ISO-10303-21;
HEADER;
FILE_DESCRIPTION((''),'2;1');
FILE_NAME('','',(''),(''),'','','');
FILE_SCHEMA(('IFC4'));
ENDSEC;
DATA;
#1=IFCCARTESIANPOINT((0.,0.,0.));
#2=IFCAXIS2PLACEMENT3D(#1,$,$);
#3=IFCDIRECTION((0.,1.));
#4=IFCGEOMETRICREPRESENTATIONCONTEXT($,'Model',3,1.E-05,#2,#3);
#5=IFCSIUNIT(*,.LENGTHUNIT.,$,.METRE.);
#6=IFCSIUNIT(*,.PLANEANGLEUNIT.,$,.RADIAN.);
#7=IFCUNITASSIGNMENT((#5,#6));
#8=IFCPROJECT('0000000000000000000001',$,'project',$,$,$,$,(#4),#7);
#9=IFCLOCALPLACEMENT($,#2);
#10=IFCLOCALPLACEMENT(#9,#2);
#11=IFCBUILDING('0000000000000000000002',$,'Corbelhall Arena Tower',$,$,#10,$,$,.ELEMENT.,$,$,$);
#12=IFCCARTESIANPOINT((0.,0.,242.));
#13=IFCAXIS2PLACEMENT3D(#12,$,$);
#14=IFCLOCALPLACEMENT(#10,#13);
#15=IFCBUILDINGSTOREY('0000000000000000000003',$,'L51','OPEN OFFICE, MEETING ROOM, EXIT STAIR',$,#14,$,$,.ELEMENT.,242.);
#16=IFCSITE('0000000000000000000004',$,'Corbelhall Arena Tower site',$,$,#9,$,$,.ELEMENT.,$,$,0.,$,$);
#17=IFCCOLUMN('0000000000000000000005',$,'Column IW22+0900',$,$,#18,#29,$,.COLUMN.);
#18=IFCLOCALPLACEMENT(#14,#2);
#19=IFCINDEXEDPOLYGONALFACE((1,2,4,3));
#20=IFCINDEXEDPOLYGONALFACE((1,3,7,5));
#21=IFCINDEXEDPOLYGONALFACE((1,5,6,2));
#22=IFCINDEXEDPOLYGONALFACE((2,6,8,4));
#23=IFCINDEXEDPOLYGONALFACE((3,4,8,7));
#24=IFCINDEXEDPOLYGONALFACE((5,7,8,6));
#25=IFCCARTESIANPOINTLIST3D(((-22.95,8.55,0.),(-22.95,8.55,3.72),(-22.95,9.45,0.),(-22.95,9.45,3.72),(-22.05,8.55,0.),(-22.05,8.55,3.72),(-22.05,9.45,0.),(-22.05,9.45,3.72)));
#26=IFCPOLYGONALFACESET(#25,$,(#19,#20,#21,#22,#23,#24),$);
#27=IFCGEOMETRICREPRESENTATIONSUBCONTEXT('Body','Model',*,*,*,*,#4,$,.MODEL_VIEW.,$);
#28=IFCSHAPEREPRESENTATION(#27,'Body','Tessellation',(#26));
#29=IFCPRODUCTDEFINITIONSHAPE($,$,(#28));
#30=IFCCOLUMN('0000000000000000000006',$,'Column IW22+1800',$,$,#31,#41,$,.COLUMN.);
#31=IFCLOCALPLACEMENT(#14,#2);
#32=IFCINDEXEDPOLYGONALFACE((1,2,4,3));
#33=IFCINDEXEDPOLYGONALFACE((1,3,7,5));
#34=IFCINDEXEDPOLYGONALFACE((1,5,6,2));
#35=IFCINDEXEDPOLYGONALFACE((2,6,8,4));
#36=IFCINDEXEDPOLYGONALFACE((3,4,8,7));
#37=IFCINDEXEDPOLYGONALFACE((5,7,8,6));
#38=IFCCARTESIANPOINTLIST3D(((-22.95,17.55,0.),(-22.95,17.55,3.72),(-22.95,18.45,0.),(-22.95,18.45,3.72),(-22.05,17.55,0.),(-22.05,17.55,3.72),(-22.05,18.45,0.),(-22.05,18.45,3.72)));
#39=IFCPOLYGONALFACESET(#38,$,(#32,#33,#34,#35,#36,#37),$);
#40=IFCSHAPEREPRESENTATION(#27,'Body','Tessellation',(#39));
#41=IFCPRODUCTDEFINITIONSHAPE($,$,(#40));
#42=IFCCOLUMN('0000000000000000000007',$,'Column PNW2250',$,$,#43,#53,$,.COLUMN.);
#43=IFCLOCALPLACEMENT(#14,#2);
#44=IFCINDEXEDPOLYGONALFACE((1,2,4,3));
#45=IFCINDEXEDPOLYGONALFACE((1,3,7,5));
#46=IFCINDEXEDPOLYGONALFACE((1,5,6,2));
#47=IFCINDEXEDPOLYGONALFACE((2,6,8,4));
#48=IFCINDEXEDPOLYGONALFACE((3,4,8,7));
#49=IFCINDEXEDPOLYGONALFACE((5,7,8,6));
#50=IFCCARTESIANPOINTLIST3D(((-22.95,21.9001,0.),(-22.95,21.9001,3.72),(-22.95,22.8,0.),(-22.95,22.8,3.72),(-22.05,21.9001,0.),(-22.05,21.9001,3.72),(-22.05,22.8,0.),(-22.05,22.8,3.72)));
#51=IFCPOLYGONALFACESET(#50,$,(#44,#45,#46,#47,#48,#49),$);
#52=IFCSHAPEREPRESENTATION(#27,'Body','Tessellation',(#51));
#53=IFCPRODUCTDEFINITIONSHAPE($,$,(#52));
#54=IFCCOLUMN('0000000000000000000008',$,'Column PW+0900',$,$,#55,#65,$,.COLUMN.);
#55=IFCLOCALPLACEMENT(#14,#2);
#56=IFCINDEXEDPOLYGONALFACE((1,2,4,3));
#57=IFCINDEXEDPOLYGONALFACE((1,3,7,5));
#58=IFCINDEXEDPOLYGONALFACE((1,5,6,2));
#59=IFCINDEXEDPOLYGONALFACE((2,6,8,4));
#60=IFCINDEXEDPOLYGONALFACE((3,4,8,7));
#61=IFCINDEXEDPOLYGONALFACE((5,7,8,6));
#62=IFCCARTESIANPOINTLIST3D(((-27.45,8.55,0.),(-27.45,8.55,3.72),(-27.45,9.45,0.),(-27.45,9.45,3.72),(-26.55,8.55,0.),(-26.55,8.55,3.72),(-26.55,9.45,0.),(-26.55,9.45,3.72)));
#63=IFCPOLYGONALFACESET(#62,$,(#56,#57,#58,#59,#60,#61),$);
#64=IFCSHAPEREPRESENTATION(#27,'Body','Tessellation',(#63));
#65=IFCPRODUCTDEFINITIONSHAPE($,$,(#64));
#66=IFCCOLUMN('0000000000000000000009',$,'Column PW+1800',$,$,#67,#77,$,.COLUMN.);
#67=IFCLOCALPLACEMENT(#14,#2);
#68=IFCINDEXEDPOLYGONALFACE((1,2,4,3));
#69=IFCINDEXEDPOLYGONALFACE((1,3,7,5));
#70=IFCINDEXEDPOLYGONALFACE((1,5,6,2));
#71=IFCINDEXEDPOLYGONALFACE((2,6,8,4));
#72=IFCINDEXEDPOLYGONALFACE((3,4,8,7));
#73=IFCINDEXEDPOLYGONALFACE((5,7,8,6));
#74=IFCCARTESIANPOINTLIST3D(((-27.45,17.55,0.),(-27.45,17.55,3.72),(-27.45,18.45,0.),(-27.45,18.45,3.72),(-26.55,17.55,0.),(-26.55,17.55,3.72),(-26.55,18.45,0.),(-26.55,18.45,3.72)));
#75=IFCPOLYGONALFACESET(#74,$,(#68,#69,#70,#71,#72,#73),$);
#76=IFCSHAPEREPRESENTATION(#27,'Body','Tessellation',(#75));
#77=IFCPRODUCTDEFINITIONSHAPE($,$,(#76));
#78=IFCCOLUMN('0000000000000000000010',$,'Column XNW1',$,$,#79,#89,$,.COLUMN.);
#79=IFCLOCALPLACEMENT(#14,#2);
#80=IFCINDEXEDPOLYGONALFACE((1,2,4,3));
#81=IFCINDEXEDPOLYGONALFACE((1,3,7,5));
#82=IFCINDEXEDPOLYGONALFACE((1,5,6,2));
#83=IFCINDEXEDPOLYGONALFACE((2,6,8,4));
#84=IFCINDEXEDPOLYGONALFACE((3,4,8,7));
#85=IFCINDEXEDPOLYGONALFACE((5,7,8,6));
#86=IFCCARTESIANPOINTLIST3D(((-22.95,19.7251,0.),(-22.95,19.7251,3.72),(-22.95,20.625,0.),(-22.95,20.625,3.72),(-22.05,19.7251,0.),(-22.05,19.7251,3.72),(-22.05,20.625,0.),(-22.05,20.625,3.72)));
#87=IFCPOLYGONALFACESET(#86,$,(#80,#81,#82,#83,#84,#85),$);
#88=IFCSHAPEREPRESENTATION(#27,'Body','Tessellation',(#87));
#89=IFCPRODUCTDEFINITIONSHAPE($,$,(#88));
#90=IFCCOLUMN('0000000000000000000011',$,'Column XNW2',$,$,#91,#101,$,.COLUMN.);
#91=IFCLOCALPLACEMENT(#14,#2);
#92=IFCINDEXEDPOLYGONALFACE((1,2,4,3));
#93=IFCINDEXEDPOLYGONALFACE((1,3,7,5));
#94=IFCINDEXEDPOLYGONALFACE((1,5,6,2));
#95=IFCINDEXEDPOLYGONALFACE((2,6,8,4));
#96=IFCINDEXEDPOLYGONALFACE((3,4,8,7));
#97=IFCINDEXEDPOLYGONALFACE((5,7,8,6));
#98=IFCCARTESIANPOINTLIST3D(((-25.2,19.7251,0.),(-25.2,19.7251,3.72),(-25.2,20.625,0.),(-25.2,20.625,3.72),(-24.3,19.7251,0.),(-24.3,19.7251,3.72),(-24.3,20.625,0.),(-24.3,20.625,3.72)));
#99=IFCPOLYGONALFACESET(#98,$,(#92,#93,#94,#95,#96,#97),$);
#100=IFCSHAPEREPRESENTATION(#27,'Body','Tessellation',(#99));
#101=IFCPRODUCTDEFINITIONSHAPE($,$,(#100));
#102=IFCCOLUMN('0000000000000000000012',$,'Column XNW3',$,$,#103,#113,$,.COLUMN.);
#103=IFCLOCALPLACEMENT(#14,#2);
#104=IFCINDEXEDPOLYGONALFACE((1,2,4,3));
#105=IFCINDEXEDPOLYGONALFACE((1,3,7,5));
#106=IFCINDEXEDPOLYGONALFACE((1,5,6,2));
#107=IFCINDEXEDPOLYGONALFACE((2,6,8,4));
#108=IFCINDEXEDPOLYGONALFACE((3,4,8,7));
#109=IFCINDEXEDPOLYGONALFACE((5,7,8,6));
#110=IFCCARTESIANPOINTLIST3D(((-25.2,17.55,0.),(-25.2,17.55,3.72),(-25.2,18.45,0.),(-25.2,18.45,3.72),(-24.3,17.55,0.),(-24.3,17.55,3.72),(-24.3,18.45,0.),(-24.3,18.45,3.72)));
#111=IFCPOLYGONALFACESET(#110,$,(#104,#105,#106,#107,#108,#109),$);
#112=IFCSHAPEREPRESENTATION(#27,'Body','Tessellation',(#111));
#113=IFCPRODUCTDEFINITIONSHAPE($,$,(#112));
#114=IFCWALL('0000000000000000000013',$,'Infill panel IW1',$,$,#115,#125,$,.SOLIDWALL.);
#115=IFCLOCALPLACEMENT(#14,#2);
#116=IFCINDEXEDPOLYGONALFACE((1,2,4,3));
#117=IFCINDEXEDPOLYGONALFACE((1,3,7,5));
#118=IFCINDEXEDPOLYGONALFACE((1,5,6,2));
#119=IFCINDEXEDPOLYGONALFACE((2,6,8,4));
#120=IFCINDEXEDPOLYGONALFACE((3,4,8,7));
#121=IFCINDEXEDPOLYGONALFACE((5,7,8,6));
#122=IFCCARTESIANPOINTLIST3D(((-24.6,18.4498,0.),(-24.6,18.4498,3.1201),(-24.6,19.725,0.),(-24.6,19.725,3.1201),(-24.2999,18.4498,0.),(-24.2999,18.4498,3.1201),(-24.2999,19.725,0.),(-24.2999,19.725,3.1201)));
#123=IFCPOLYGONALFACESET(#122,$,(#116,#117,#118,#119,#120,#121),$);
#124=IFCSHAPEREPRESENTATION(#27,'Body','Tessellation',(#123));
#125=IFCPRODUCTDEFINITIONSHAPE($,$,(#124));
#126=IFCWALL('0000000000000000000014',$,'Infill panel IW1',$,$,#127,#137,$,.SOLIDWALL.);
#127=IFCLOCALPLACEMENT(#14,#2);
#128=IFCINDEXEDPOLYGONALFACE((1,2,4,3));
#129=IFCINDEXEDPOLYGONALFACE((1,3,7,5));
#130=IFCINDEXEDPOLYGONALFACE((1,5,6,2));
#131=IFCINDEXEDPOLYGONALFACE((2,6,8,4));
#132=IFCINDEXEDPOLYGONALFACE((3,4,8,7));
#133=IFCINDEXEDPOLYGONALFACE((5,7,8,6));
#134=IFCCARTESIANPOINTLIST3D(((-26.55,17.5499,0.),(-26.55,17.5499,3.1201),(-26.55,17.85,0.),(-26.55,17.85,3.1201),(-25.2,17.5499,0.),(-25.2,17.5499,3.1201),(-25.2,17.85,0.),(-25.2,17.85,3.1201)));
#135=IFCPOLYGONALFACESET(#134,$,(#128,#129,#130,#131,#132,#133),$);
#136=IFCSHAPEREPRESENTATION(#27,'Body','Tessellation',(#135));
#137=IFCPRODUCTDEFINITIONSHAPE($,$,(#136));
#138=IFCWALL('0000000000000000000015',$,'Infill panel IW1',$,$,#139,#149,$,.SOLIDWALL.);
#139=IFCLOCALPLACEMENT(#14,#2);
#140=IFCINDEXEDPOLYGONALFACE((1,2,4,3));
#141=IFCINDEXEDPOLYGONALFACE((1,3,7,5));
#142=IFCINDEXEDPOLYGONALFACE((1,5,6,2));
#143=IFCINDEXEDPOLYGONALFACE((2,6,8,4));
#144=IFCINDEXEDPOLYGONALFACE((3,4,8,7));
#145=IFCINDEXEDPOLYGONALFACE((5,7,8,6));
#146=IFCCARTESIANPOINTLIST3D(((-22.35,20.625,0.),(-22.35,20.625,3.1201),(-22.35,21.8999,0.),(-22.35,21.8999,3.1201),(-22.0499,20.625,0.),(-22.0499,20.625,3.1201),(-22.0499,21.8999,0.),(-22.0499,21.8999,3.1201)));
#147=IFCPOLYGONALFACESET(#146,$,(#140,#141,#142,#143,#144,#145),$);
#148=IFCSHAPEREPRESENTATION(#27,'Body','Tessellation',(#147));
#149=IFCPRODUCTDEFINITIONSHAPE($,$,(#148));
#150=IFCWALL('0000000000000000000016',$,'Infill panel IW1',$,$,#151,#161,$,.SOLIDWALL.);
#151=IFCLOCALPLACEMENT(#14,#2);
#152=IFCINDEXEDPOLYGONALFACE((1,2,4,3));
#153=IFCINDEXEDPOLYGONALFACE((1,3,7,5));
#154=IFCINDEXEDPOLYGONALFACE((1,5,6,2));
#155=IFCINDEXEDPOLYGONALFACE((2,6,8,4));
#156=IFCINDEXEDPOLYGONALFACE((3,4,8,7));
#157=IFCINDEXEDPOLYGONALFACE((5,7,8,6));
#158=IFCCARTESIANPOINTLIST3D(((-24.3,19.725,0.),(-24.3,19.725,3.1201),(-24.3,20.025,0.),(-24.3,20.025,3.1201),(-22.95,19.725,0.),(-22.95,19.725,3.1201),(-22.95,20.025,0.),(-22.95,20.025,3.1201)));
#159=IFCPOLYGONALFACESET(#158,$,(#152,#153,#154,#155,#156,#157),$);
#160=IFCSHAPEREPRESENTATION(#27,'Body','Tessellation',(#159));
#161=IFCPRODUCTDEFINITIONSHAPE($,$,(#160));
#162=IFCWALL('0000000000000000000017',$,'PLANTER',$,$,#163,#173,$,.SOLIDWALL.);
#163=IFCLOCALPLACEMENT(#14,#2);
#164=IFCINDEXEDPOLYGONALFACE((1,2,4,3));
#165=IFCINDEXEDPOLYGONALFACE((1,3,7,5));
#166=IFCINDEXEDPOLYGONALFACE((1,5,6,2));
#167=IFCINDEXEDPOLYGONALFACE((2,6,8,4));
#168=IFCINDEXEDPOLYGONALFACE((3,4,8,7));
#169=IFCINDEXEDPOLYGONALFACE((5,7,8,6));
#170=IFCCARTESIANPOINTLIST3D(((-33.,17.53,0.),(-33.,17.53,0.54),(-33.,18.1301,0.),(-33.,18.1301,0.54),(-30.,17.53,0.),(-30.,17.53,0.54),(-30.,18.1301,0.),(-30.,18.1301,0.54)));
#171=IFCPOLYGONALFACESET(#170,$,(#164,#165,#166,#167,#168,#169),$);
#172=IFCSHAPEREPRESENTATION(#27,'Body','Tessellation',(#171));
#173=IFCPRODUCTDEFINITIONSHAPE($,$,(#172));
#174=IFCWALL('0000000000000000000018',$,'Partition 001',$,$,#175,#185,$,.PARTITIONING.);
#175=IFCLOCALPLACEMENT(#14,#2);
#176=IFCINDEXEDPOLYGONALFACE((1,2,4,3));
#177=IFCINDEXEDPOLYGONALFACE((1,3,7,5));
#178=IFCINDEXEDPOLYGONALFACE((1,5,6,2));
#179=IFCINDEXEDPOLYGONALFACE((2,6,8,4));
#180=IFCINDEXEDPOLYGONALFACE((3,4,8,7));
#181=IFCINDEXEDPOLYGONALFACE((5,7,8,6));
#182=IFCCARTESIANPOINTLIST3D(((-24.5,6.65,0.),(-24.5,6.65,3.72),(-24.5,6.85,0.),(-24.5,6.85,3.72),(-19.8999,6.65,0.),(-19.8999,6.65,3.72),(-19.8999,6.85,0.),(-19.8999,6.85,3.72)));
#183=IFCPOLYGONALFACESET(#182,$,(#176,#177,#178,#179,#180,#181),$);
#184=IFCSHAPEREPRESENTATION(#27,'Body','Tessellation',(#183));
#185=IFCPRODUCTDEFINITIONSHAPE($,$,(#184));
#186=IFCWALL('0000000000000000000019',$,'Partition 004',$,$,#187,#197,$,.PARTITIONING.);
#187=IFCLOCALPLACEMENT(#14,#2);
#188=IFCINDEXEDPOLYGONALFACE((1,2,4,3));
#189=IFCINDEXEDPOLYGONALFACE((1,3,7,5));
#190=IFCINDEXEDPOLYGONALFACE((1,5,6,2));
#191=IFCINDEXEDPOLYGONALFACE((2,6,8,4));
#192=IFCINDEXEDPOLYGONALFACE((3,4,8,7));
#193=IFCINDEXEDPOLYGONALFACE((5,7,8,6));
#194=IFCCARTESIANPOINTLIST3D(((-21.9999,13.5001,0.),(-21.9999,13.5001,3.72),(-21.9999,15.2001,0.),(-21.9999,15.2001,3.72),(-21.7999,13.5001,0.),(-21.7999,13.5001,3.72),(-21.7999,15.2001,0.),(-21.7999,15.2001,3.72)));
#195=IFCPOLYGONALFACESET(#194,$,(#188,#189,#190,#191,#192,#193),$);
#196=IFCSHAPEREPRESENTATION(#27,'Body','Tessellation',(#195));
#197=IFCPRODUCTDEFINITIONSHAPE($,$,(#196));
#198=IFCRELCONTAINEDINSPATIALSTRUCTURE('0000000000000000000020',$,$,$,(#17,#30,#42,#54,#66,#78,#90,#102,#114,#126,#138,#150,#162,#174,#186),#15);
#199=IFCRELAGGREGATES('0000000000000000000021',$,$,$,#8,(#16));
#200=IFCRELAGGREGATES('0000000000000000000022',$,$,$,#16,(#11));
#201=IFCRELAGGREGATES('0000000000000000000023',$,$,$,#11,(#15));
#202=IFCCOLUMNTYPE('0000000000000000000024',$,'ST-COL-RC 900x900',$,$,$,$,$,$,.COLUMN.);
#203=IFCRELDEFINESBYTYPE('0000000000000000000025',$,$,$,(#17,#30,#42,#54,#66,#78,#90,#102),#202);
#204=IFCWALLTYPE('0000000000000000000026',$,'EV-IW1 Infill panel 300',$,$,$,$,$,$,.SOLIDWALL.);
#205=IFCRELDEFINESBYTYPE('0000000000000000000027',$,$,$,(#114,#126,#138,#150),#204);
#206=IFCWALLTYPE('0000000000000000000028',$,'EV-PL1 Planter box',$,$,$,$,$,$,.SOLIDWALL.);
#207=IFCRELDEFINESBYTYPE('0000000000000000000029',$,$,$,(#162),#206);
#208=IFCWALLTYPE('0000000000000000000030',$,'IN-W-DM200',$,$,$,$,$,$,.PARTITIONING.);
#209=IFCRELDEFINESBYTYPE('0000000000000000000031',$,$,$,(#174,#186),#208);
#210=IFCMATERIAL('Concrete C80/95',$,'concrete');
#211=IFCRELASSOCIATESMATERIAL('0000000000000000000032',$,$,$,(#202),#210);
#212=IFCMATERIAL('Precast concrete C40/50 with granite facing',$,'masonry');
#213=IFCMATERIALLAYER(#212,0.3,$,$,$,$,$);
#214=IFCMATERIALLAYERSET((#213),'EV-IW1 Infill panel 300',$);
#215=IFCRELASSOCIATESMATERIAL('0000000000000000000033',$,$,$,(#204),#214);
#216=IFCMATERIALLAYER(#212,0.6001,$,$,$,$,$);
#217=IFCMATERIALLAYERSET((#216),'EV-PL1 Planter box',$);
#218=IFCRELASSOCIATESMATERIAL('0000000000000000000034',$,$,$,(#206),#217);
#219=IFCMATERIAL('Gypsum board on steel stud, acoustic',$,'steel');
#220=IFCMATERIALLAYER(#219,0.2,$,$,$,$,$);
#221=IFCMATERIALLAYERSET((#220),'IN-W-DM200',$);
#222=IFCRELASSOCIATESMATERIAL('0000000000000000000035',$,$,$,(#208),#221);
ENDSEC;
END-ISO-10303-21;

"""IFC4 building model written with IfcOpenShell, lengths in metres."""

from ifc_helpers import new_model, si_unit, direction, frame, frame_2d, origin, origin_2d, place, context, subcontext, project, spatial, rectangle, extrude, material, layer, layer_set, material_profile, profile_set, type_object, element, save


model = new_model("IFC4")

# Units and contexts
model_context = context("Model", 3, precision=1e-05, world=origin(), true_north=direction((0.0, 1.0)))
body_context = subcontext(model_context, "Body", "Model", "MODEL_VIEW")
ifc_project = project(units=[si_unit("LENGTHUNIT", "METRE"), si_unit("PLANEANGLEUNIT", "RADIAN")], contexts=[model_context])

# Site, building, storey
site_placement = place(None, origin())
site = spatial("IfcSite", under=ifc_project, at=site_placement, Name="Corbelhall Arena Tower site", CompositionType="ELEMENT", RefElevation=0.0)
building_placement = place(site_placement, origin())
building = spatial("IfcBuilding", under=site, at=building_placement, Name="Corbelhall Arena Tower", CompositionType="ELEMENT")
storey_placement = place(building_placement, frame((0.0, 0.0, 242.0)))
storey = spatial("IfcBuildingStorey", under=building, at=storey_placement, Name="L51", Description="OPEN OFFICE, MEETING ROOM, EXIT STAIR", CompositionType="ELEMENT", Elevation=242.0)

# Columns
ifc_material_1 = material(Name="Concrete C80/95", Category="concrete")
ifc_material_profile = material_profile(ifc_material_1, rectangle(XDim=0.8999, YDim=0.8999, at=origin_2d()))
ifc_profile_set = profile_set([ifc_material_profile], Name="Concrete C80/95")
column_type = type_object("IfcColumnType", Name="ST-COL-RC 900x900", PredefinedType="COLUMN", material=ifc_profile_set)
for number, where, z_axis, x_axis, name in (
    (1, (-22.5, 9.0, 0.0), (0.0, 0.0, 1.0), (1.0, 0.0, 0.0), "Column IW22+0900"),
    (2, (-22.5, 18.0, 0.0), (0.0, 0.0, 1.0), (1.0, 0.0, 0.0), "Column IW22+1800"),
    (3, (-22.5, 22.3501, 0.0), (0.0, 0.0, 1.0), (1.0, 0.0, 0.0), "Column PNW2250"),
    (4, (-27.0, 9.0, 0.0), (0.0, 0.0, 1.0), (0.0, 1.0, 0.0), "Column PW+0900"),
    (5, (-27.0, 18.0, 0.0), (0.0, 0.0, 1.0), (0.0, 1.0, 0.0), "Column PW+1800"),
    (6, (-22.5, 20.175, 0.0), (0.0, 0.0, 1.0), (1.0, 0.0, 0.0), "Column XNW1"),
    (7, (-24.75, 20.175, 0.0), (0.0, 0.0, 1.0), (1.0, 0.0, 0.0), "Column XNW2"),
    (8, (-24.75, 18.0, 0.0), (0.0, 0.0, 1.0), (1.0, 0.0, 0.0), "Column XNW3"),
):
    element("IfcColumn", number, at=place(storey_placement, frame(where, z_axis=z_axis, x_axis=x_axis)), inside=storey, type_object=column_type, Name=name, PredefinedType="COLUMN", context=body_context, shape_type="SweptSolid", body=[
        extrude(rectangle(XDim=0.8999, YDim=0.8999, at=origin_2d()), origin(), (0.0, 0.0, 1.0), 3.72),
    ])

# Walls
ifc_material_2 = material(Name="Precast concrete C40/50 with granite facing", Category="masonry")
ifc_layer_1 = layer(ifc_material_2, 0.3)
ifc_layer_set_1 = layer_set([ifc_layer_1], Name="EV-IW1 Infill panel 300")
wall_type_1 = type_object("IfcWallType", Name="EV-IW1 Infill panel 300", PredefinedType="SOLIDWALL", material=ifc_layer_set_1)
wall_1_placement = place(storey_placement, frame((-24.45, 19.7251, 0.0), z_axis=(0.0, 0.0, 1.0), x_axis=(0.0, -1.0, 0.0)))
element("IfcWall", 9, at=wall_1_placement, inside=storey, type_object=wall_type_1, Name="Infill panel IW1", PredefinedType="SOLIDWALL", context=body_context, shape_type="SweptSolid", body=[
    extrude(rectangle(XDim=1.2751, YDim=0.3, at=frame_2d((0.6377, 0.0))), origin(), (0.0, 0.0, 1.0), 3.1201),
])
wall_2_placement = place(storey_placement, frame((-25.2, 17.7, 0.0), z_axis=(0.0, 0.0, 1.0), x_axis=(-1.0, 0.0, 0.0)))
element("IfcWall", 10, at=wall_2_placement, inside=storey, type_object=wall_type_1, Name="Infill panel IW1", PredefinedType="SOLIDWALL", context=body_context, shape_type="SweptSolid", body=[
    extrude(rectangle(XDim=1.3501, YDim=0.3, at=frame_2d((0.675, 0.0))), origin(), (0.0, 0.0, 1.0), 3.1201),
])

# Walls
wall_3_placement = place(storey_placement, frame((-22.2, 21.8999, 0.0), z_axis=(0.0, 0.0, 1.0), x_axis=(0.0, -1.0, 0.0)))
element("IfcWall", 11, at=wall_3_placement, inside=storey, type_object=wall_type_1, Name="Infill panel IW1", PredefinedType="SOLIDWALL", context=body_context, shape_type="SweptSolid", body=[
    extrude(rectangle(XDim=1.2749, YDim=0.3, at=frame_2d((0.6375, 0.0))), origin(), (0.0, 0.0, 1.0), 3.1201),
])
wall_4_placement = place(storey_placement, frame((-22.95, 19.875, 0.0), z_axis=(0.0, 0.0, 1.0), x_axis=(-1.0, 0.0, 0.0)))
element("IfcWall", 12, at=wall_4_placement, inside=storey, type_object=wall_type_1, Name="Infill panel IW1", PredefinedType="SOLIDWALL", context=body_context, shape_type="SweptSolid", body=[
    extrude(rectangle(XDim=1.3501, YDim=0.3, at=frame_2d((0.675, 0.0))), origin(), (0.0, 0.0, 1.0), 3.1201),
])
ifc_layer_2 = layer(ifc_material_2, 0.6001)
ifc_layer_set_2 = layer_set([ifc_layer_2], Name="EV-PL1 Planter box")
wall_type_2 = type_object("IfcWallType", Name="EV-PL1 Planter box", PredefinedType="SOLIDWALL", material=ifc_layer_set_2)
wall_5_placement = place(storey_placement, frame((-33.0, 17.8301, 0.0), z_axis=(0.0, 0.0, 1.0), x_axis=(1.0, 0.0, 0.0)))
element("IfcWall", 13, at=wall_5_placement, inside=storey, type_object=wall_type_2, Name="PLANTER", PredefinedType="SOLIDWALL", context=body_context, shape_type="SweptSolid", body=[
    extrude(rectangle(XDim=3.0, YDim=0.6001, at=frame_2d((1.5, 0.0))), origin(), (0.0, 0.0, 1.0), 0.54),
])
ifc_material_3 = material(Name="Gypsum board on steel stud, acoustic", Category="steel")
ifc_layer_3 = layer(ifc_material_3, 0.2)
ifc_layer_set_3 = layer_set([ifc_layer_3], Name="IN-W-DM200")
wall_type_3 = type_object("IfcWallType", Name="IN-W-DM200", PredefinedType="PARTITIONING", material=ifc_layer_set_3)
wall_6_placement = place(storey_placement, frame((-24.5, 6.75, 0.0), z_axis=(0.0, 0.0, 1.0), x_axis=(1.0, 0.0, 0.0)))
element("IfcWall", 14, at=wall_6_placement, inside=storey, type_object=wall_type_3, Name="Partition 001", PredefinedType="PARTITIONING", context=body_context, shape_type="SweptSolid", body=[
    extrude(rectangle(XDim=4.6001, YDim=0.2, at=frame_2d((2.3, 0.0))), origin(), (0.0, 0.0, 1.0), 3.72),
])
wall_7_placement = place(storey_placement, frame((-21.8999, 13.5, 0.0), z_axis=(0.0, 0.0, 1.0), x_axis=(0.0, 1.0, 0.0)))
element("IfcWall", 15, at=wall_7_placement, inside=storey, type_object=wall_type_3, Name="Partition 004", PredefinedType="PARTITIONING", context=body_context, shape_type="SweptSolid", body=[
    extrude(rectangle(XDim=1.7, YDim=0.2, at=frame_2d((0.8501, 0.0))), origin(), (0.0, 0.0, 1.0), 3.72),
])

save(model, "model.ifc")
